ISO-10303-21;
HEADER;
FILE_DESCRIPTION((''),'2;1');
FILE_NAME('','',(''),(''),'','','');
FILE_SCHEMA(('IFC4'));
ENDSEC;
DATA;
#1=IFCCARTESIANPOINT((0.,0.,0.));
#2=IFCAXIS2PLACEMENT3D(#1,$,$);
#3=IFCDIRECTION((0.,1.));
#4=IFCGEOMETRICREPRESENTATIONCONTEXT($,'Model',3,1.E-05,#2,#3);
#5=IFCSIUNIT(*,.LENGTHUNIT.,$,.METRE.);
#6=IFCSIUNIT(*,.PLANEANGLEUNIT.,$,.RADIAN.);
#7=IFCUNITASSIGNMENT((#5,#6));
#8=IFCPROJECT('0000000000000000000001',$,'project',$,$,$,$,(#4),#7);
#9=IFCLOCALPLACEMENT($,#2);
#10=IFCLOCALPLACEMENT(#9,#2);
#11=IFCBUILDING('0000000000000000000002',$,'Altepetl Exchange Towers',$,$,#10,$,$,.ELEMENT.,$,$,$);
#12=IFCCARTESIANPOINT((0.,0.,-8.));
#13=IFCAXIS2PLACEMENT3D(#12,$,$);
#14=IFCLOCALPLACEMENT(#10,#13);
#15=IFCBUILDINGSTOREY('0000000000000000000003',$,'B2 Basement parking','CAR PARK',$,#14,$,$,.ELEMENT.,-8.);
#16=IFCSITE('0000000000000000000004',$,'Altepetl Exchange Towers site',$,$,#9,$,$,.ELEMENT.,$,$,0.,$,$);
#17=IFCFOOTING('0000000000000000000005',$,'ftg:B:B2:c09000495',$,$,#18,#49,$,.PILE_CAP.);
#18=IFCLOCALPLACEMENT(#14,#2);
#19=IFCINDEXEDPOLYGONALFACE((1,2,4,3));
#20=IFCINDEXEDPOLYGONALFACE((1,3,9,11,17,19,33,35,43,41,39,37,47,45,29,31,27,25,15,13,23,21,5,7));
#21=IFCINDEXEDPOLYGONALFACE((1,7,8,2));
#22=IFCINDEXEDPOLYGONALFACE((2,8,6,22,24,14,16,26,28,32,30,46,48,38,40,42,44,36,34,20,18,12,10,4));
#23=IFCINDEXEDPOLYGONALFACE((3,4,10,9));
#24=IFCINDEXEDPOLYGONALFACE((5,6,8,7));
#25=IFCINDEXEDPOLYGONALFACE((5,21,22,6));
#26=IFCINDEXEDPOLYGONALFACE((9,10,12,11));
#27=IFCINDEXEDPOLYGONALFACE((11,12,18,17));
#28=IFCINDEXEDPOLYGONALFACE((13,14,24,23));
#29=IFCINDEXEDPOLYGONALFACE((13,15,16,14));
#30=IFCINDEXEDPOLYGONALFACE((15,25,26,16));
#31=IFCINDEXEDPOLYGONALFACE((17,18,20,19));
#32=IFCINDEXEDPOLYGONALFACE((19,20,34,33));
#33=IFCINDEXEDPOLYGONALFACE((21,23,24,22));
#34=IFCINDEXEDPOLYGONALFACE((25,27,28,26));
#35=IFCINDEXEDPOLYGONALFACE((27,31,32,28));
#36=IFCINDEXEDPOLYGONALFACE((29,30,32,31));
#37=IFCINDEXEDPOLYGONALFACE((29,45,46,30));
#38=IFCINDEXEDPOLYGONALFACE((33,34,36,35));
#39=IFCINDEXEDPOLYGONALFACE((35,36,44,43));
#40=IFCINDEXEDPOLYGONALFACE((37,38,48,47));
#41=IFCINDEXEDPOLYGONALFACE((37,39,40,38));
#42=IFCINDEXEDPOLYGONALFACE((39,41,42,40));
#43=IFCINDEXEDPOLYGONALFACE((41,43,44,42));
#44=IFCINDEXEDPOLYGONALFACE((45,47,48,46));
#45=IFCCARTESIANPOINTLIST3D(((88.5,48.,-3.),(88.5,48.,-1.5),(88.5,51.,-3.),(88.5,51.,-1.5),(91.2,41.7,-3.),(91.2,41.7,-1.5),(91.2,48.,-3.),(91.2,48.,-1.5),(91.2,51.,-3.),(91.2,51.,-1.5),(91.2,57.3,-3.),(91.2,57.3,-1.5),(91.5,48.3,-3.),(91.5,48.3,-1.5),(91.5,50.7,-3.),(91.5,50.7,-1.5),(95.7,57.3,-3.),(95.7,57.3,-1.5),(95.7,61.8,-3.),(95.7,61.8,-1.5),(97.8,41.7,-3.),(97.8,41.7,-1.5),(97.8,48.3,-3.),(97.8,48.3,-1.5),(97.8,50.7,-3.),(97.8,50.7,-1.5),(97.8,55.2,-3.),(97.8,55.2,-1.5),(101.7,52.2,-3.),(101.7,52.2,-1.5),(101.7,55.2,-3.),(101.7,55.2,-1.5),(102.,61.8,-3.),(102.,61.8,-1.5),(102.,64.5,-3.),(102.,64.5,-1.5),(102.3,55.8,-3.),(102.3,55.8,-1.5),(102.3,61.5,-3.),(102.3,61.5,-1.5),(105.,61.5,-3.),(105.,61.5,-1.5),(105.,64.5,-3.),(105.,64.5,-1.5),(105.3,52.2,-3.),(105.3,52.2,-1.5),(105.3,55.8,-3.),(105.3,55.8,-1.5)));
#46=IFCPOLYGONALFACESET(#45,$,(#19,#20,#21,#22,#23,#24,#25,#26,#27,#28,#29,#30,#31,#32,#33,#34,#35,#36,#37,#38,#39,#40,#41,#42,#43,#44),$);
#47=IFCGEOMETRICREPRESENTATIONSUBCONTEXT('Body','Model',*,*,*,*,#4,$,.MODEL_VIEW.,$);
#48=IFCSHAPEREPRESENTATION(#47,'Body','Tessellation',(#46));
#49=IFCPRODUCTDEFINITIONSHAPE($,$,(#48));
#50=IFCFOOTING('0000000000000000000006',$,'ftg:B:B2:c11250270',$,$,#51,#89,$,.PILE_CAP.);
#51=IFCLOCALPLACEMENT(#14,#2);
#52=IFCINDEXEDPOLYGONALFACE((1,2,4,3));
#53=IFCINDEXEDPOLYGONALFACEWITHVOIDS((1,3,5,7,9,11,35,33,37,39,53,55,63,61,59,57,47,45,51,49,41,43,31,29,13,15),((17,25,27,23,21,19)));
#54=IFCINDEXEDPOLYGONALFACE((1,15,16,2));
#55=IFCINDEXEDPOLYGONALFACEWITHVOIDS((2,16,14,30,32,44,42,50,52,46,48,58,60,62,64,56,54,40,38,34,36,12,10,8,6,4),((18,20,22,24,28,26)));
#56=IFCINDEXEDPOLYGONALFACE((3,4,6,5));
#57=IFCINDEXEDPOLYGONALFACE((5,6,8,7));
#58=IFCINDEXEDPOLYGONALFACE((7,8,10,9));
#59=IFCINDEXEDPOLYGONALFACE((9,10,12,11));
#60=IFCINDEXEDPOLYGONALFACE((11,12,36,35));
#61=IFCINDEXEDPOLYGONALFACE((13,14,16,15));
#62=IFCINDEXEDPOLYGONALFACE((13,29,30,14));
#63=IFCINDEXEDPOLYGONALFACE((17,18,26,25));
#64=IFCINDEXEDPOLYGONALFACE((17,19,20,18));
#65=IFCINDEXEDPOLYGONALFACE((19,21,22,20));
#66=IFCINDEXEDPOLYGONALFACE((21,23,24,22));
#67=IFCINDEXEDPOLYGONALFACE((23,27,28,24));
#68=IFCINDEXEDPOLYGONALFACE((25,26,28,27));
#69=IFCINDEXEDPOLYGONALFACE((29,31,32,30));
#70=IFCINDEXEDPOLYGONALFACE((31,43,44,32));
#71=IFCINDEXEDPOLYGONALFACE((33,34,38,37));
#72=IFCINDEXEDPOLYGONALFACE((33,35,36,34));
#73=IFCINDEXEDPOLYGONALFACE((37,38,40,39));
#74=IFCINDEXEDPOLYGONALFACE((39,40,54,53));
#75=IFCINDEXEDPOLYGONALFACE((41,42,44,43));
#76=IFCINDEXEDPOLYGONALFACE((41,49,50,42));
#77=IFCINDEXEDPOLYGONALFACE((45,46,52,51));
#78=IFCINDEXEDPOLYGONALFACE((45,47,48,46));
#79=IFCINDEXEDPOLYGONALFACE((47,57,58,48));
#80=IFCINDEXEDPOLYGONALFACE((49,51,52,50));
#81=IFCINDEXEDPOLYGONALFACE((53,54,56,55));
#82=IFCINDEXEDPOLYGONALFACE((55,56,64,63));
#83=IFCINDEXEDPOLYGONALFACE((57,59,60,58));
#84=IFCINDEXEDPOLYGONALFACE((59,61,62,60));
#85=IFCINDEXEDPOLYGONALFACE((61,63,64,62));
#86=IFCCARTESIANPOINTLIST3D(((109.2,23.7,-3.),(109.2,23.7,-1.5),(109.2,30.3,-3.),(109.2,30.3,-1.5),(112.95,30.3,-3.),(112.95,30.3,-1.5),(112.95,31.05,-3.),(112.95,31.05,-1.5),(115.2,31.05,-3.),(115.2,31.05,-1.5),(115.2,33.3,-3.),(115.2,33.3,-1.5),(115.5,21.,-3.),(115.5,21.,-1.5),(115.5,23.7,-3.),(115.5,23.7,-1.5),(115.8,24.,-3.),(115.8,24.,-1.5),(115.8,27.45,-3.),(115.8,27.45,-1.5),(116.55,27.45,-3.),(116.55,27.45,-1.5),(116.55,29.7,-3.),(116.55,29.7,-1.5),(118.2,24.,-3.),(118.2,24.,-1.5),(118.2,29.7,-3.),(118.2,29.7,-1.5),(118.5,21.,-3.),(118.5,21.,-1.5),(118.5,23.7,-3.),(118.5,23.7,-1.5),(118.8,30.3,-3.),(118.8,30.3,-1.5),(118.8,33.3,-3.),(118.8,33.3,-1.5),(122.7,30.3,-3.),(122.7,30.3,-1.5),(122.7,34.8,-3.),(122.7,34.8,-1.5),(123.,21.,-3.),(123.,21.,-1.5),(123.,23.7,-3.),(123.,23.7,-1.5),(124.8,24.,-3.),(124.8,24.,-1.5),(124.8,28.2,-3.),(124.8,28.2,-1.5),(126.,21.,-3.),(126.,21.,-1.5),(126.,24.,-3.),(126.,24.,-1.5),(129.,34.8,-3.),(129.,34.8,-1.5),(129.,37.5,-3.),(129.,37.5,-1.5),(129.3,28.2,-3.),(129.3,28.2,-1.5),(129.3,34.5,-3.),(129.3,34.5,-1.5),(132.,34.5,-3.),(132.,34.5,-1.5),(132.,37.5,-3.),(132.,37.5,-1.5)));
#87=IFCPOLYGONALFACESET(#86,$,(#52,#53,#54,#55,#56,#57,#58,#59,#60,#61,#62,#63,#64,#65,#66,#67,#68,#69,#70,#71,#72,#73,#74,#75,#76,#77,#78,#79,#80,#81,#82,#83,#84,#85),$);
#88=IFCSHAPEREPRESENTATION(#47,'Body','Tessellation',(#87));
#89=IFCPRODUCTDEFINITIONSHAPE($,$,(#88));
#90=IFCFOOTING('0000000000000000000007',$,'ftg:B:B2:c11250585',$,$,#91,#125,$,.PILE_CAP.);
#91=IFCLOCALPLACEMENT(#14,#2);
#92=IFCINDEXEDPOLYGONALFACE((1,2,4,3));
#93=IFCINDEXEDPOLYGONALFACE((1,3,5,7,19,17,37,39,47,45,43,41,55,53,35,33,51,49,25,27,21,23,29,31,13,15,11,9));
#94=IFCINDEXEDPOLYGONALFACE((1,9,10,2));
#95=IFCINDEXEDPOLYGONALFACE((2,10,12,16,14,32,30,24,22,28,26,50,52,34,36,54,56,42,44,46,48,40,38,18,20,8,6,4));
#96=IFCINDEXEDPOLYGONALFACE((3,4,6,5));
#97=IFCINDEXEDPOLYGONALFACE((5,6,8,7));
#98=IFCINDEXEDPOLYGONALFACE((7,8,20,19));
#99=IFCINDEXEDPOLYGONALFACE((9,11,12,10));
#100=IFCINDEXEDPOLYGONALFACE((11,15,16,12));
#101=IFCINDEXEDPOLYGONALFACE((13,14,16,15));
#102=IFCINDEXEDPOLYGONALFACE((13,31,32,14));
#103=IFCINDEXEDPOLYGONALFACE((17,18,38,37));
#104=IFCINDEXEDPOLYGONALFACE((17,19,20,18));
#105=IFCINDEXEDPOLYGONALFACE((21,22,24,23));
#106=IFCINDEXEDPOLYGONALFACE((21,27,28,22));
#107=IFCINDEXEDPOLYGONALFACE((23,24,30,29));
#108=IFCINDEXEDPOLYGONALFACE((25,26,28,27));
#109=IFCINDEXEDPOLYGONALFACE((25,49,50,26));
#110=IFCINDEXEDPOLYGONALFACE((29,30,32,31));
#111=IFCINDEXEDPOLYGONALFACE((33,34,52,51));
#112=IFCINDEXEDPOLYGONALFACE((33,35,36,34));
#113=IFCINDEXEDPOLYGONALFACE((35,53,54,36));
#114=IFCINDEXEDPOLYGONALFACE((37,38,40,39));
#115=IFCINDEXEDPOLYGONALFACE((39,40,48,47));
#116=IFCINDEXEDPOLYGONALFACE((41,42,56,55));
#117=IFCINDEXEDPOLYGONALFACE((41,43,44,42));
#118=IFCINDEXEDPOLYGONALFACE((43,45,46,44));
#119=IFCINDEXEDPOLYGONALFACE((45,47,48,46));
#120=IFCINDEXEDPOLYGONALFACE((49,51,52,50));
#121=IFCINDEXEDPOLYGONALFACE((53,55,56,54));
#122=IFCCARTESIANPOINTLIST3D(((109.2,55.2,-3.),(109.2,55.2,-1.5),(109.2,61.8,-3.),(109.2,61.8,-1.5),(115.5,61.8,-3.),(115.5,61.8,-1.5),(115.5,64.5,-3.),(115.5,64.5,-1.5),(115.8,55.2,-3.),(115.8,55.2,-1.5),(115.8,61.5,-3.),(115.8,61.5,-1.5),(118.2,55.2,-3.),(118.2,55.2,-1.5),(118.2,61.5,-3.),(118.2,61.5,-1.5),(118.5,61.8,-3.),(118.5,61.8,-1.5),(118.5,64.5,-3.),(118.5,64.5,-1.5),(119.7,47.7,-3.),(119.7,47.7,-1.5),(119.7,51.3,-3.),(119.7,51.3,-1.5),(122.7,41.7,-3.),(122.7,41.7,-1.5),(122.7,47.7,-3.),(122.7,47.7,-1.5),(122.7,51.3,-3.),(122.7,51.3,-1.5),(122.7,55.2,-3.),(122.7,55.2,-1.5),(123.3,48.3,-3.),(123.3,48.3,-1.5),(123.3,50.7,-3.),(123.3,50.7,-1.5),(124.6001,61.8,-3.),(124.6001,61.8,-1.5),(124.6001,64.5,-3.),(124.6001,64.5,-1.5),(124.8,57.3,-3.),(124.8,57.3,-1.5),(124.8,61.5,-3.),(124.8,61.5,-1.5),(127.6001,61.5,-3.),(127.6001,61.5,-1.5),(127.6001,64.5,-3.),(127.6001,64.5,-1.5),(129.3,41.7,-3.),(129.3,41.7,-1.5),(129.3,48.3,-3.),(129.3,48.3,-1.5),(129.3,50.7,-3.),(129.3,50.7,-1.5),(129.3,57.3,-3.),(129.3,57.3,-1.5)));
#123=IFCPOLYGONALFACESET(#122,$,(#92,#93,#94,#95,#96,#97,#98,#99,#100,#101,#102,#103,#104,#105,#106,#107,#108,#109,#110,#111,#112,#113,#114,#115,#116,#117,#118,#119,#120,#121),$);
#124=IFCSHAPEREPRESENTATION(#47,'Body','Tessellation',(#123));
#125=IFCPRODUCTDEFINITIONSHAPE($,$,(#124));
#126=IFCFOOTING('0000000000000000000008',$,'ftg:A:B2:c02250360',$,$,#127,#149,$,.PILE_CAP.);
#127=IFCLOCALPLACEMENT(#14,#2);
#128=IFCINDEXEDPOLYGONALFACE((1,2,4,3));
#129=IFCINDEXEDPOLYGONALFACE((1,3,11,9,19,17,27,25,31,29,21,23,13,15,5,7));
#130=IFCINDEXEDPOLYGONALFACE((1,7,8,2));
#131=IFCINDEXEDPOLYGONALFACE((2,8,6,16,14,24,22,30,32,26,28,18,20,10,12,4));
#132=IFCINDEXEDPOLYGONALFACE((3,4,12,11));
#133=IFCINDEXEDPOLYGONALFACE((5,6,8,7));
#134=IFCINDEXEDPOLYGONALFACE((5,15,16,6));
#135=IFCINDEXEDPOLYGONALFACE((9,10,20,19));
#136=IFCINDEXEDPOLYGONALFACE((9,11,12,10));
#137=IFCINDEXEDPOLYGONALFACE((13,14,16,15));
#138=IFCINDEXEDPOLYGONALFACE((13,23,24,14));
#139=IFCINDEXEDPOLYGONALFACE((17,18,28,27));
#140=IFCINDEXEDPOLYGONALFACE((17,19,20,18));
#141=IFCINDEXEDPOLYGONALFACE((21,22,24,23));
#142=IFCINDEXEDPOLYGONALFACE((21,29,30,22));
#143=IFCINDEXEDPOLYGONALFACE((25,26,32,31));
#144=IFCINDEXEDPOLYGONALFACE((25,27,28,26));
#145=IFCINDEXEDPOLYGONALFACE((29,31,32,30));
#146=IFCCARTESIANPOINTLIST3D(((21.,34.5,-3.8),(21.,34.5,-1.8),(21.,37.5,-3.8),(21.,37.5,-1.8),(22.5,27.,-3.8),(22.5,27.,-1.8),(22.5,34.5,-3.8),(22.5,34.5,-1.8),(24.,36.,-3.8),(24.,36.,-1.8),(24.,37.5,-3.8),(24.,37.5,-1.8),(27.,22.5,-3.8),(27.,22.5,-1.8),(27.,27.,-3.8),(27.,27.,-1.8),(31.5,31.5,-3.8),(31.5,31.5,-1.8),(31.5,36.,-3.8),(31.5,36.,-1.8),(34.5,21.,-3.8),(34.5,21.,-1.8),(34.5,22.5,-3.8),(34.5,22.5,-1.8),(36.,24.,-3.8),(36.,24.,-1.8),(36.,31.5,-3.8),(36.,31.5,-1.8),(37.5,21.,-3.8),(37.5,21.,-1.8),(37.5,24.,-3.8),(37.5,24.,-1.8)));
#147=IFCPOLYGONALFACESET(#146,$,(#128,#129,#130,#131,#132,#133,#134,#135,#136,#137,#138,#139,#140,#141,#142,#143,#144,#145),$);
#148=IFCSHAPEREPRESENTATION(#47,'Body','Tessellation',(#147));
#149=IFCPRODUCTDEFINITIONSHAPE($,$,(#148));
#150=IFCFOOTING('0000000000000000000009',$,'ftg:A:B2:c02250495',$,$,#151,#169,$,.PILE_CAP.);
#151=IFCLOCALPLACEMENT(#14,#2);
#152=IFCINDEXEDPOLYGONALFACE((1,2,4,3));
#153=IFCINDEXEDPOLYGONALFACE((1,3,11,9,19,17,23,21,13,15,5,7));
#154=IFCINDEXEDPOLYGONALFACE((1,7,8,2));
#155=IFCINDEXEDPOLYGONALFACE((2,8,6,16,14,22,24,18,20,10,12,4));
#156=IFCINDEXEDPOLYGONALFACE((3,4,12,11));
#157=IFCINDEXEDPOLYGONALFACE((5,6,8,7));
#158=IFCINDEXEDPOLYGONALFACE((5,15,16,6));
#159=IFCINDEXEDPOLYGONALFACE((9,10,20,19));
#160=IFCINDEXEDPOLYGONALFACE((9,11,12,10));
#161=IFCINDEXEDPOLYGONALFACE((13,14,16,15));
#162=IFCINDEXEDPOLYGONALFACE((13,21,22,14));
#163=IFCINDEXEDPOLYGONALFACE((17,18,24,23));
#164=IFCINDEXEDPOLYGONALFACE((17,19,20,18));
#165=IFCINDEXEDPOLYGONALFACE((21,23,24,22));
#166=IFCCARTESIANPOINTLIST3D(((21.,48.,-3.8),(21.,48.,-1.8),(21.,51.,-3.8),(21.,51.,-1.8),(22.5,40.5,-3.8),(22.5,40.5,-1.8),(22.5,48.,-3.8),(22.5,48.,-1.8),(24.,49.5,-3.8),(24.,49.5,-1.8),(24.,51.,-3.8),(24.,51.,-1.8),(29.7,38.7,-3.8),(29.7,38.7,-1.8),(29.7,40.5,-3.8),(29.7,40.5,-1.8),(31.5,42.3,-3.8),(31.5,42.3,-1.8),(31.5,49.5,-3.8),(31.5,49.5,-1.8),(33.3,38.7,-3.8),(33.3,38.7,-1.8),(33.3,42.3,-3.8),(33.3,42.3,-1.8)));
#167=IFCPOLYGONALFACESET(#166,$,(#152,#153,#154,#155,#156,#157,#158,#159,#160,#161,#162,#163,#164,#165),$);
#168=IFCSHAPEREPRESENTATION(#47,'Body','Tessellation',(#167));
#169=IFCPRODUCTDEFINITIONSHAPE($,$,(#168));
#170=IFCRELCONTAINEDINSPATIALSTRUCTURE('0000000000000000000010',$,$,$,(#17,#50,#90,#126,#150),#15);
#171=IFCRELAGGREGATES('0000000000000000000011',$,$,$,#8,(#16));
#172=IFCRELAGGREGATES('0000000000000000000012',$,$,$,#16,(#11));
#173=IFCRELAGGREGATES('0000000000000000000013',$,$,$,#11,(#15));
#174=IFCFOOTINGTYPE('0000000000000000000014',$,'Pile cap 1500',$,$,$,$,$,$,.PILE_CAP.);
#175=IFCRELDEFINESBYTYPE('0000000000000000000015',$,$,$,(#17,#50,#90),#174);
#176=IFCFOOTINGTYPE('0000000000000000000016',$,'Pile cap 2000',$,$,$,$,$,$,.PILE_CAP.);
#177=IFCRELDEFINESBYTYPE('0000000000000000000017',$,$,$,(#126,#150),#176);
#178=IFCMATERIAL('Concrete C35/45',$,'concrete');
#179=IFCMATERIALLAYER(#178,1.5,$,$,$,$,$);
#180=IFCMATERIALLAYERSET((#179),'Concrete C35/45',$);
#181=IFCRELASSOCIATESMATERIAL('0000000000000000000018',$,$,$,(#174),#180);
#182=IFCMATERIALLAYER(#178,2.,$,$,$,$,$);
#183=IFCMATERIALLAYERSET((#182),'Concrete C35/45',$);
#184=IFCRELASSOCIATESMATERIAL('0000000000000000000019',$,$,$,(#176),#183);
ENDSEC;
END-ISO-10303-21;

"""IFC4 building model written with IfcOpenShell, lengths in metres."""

from ifc_helpers import new_model, si_unit, direction, frame, origin, place, context, subcontext, project, spatial, polyline, outline, extrude, material, layer, layer_set, type_object, element, save


model = new_model("IFC4")

# Units and contexts
model_context = context("Model", 3, precision=1e-05, world=origin(), true_north=direction((0.0, 1.0)))
body_context = subcontext(model_context, "Body", "Model", "MODEL_VIEW")
ifc_project = project(units=[si_unit("LENGTHUNIT", "METRE"), si_unit("PLANEANGLEUNIT", "RADIAN")], contexts=[model_context])

# Site, building, storey
site_placement = place(None, origin())
site = spatial("IfcSite", under=ifc_project, at=site_placement, Name="Altepetl Exchange Towers site", CompositionType="ELEMENT", RefElevation=0.0)
building_placement = place(site_placement, origin())
building = spatial("IfcBuilding", under=site, at=building_placement, Name="Altepetl Exchange Towers", CompositionType="ELEMENT")
storey_placement = place(building_placement, frame((0.0, 0.0, -8.0)))
storey = spatial("IfcBuildingStorey", under=building, at=storey_placement, Name="B2 Basement parking", Description="CAR PARK", CompositionType="ELEMENT", Elevation=-8.0)

# Footings
ifc_material = material(Name="Concrete C35/45", Category="concrete")
ifc_layer_1 = layer(ifc_material, 1.5)
ifc_layer_set_1 = layer_set([ifc_layer_1], Name="Concrete C35/45")
footing_type_1 = type_object("IfcFootingType", Name="Pile cap 1500", PredefinedType="PILE_CAP", material=ifc_layer_set_1)
footing_1_placement = place(storey_placement, frame((0.0, 0.0, -3.0)))
element("IfcFooting", 1, at=footing_1_placement, inside=storey, type_object=footing_type_1, Name="ftg:B:B2:c09000495", PredefinedType="PILE_CAP", context=body_context, shape_type="SweptSolid", body=[
    extrude(outline(polyline([(97.8, 41.7), (97.8, 48.3), (91.5, 48.3), (91.5, 50.7), (97.8, 50.7), (97.8, 55.2), (101.7, 55.2), (101.7, 52.2), (105.3, 52.2), (105.3, 55.8), (102.3, 55.8), (102.3, 61.5), (105.0, 61.5), (105.0, 64.5), (102.0, 64.5), (102.0, 61.8), (95.7, 61.8), (95.7, 57.3), (91.2, 57.3), (91.2, 51.0), (88.5, 51.0), (88.5, 48.0), (91.2, 48.0), (91.2, 41.7), (97.8, 41.7)])), origin(), (0.0, 0.0, 1.0), 1.5),
])
footing_2_placement = place(storey_placement, frame((0.0, 0.0, -3.0)))
element("IfcFooting", 2, at=footing_2_placement, inside=storey, type_object=footing_type_1, Name="ftg:B:B2:c11250270", PredefinedType="PILE_CAP", context=body_context, shape_type="SweptSolid", body=[
    extrude(outline(polyline([(109.2, 23.7), (115.5, 23.7), (115.5, 21.0), (118.5, 21.0), (118.5, 23.7), (123.0, 23.7), (123.0, 21.0), (126.0, 21.0), (126.0, 24.0), (124.8, 24.0), (124.8, 28.2), (129.3, 28.2), (129.3, 34.5), (132.0, 34.5), (132.0, 37.5), (129.0, 37.5), (129.0, 34.8), (122.7, 34.8), (122.7, 30.3), (118.8, 30.3), (118.8, 33.3), (115.2, 33.3), (115.2, 31.05), (112.95, 31.05), (112.95, 30.3), (109.2, 30.3), (109.2, 23.7)]), holes=[polyline([(115.8, 24.0), (115.8, 27.45), (116.55, 27.45), (116.55, 29.7), (118.2, 29.7), (118.2, 24.0), (115.8, 24.0)])]), origin(), (0.0, 0.0, 1.0), 1.5),
])
footing_3_placement = place(storey_placement, frame((0.0, 0.0, -3.0)))
element("IfcFooting", 3, at=footing_3_placement, inside=storey, type_object=footing_type_1, Name="ftg:B:B2:c11250585", PredefinedType="PILE_CAP", context=body_context, shape_type="SweptSolid", body=[
    extrude(outline(polyline([(129.3, 41.7), (129.3, 48.3), (123.3, 48.3), (123.3, 50.7), (129.3, 50.7), (129.3, 57.3), (124.8, 57.3), (124.8, 61.5), (127.6001, 61.5), (127.6001, 64.5), (124.6001, 64.5), (124.6001, 61.8), (118.5, 61.8), (118.5, 64.5), (115.5, 64.5), (115.5, 61.8), (109.2, 61.8), (109.2, 55.2), (115.8, 55.2), (115.8, 61.5), (118.2, 61.5), (118.2, 55.2), (122.7, 55.2), (122.7, 51.3), (119.7, 51.3), (119.7, 47.7), (122.7, 47.7), (122.7, 41.7), (129.3, 41.7)])), origin(), (0.0, 0.0, 1.0), 1.5),
])
ifc_layer_2 = layer(ifc_material, 2.0)
ifc_layer_set_2 = layer_set([ifc_layer_2], Name="Concrete C35/45")
footing_type_2 = type_object("IfcFootingType", Name="Pile cap 2000", PredefinedType="PILE_CAP", material=ifc_layer_set_2)
footing_4_placement = place(storey_placement, frame((0.0, 0.0, -3.8)))
element("IfcFooting", 4, at=footing_4_placement, inside=storey, type_object=footing_type_2, Name="ftg:A:B2:c02250360", PredefinedType="PILE_CAP", context=body_context, shape_type="SweptSolid", body=[
    extrude(outline(polyline([(37.5, 21.0), (37.5, 24.0), (36.0, 24.0), (36.0, 31.5), (31.5, 31.5), (31.5, 36.0), (24.0, 36.0), (24.0, 37.5), (21.0, 37.5), (21.0, 34.5), (22.5, 34.5), (22.5, 27.0), (27.0, 27.0), (27.0, 22.5), (34.5, 22.5), (34.5, 21.0), (37.5, 21.0)])), origin(), (0.0, 0.0, 1.0), 2.0),
])
footing_5_placement = place(storey_placement, frame((0.0, 0.0, -3.8)))
element("IfcFooting", 5, at=footing_5_placement, inside=storey, type_object=footing_type_2, Name="ftg:A:B2:c02250495", PredefinedType="PILE_CAP", context=body_context, shape_type="SweptSolid", body=[
    extrude(outline(polyline([(33.3, 42.3), (31.5, 42.3), (31.5, 49.5), (24.0, 49.5), (24.0, 51.0), (21.0, 51.0), (21.0, 48.0), (22.5, 48.0), (22.5, 40.5), (29.7, 40.5), (29.7, 38.7), (33.3, 38.7), (33.3, 42.3)])), origin(), (0.0, 0.0, 1.0), 2.0),
])

save(model, "model.ifc")
